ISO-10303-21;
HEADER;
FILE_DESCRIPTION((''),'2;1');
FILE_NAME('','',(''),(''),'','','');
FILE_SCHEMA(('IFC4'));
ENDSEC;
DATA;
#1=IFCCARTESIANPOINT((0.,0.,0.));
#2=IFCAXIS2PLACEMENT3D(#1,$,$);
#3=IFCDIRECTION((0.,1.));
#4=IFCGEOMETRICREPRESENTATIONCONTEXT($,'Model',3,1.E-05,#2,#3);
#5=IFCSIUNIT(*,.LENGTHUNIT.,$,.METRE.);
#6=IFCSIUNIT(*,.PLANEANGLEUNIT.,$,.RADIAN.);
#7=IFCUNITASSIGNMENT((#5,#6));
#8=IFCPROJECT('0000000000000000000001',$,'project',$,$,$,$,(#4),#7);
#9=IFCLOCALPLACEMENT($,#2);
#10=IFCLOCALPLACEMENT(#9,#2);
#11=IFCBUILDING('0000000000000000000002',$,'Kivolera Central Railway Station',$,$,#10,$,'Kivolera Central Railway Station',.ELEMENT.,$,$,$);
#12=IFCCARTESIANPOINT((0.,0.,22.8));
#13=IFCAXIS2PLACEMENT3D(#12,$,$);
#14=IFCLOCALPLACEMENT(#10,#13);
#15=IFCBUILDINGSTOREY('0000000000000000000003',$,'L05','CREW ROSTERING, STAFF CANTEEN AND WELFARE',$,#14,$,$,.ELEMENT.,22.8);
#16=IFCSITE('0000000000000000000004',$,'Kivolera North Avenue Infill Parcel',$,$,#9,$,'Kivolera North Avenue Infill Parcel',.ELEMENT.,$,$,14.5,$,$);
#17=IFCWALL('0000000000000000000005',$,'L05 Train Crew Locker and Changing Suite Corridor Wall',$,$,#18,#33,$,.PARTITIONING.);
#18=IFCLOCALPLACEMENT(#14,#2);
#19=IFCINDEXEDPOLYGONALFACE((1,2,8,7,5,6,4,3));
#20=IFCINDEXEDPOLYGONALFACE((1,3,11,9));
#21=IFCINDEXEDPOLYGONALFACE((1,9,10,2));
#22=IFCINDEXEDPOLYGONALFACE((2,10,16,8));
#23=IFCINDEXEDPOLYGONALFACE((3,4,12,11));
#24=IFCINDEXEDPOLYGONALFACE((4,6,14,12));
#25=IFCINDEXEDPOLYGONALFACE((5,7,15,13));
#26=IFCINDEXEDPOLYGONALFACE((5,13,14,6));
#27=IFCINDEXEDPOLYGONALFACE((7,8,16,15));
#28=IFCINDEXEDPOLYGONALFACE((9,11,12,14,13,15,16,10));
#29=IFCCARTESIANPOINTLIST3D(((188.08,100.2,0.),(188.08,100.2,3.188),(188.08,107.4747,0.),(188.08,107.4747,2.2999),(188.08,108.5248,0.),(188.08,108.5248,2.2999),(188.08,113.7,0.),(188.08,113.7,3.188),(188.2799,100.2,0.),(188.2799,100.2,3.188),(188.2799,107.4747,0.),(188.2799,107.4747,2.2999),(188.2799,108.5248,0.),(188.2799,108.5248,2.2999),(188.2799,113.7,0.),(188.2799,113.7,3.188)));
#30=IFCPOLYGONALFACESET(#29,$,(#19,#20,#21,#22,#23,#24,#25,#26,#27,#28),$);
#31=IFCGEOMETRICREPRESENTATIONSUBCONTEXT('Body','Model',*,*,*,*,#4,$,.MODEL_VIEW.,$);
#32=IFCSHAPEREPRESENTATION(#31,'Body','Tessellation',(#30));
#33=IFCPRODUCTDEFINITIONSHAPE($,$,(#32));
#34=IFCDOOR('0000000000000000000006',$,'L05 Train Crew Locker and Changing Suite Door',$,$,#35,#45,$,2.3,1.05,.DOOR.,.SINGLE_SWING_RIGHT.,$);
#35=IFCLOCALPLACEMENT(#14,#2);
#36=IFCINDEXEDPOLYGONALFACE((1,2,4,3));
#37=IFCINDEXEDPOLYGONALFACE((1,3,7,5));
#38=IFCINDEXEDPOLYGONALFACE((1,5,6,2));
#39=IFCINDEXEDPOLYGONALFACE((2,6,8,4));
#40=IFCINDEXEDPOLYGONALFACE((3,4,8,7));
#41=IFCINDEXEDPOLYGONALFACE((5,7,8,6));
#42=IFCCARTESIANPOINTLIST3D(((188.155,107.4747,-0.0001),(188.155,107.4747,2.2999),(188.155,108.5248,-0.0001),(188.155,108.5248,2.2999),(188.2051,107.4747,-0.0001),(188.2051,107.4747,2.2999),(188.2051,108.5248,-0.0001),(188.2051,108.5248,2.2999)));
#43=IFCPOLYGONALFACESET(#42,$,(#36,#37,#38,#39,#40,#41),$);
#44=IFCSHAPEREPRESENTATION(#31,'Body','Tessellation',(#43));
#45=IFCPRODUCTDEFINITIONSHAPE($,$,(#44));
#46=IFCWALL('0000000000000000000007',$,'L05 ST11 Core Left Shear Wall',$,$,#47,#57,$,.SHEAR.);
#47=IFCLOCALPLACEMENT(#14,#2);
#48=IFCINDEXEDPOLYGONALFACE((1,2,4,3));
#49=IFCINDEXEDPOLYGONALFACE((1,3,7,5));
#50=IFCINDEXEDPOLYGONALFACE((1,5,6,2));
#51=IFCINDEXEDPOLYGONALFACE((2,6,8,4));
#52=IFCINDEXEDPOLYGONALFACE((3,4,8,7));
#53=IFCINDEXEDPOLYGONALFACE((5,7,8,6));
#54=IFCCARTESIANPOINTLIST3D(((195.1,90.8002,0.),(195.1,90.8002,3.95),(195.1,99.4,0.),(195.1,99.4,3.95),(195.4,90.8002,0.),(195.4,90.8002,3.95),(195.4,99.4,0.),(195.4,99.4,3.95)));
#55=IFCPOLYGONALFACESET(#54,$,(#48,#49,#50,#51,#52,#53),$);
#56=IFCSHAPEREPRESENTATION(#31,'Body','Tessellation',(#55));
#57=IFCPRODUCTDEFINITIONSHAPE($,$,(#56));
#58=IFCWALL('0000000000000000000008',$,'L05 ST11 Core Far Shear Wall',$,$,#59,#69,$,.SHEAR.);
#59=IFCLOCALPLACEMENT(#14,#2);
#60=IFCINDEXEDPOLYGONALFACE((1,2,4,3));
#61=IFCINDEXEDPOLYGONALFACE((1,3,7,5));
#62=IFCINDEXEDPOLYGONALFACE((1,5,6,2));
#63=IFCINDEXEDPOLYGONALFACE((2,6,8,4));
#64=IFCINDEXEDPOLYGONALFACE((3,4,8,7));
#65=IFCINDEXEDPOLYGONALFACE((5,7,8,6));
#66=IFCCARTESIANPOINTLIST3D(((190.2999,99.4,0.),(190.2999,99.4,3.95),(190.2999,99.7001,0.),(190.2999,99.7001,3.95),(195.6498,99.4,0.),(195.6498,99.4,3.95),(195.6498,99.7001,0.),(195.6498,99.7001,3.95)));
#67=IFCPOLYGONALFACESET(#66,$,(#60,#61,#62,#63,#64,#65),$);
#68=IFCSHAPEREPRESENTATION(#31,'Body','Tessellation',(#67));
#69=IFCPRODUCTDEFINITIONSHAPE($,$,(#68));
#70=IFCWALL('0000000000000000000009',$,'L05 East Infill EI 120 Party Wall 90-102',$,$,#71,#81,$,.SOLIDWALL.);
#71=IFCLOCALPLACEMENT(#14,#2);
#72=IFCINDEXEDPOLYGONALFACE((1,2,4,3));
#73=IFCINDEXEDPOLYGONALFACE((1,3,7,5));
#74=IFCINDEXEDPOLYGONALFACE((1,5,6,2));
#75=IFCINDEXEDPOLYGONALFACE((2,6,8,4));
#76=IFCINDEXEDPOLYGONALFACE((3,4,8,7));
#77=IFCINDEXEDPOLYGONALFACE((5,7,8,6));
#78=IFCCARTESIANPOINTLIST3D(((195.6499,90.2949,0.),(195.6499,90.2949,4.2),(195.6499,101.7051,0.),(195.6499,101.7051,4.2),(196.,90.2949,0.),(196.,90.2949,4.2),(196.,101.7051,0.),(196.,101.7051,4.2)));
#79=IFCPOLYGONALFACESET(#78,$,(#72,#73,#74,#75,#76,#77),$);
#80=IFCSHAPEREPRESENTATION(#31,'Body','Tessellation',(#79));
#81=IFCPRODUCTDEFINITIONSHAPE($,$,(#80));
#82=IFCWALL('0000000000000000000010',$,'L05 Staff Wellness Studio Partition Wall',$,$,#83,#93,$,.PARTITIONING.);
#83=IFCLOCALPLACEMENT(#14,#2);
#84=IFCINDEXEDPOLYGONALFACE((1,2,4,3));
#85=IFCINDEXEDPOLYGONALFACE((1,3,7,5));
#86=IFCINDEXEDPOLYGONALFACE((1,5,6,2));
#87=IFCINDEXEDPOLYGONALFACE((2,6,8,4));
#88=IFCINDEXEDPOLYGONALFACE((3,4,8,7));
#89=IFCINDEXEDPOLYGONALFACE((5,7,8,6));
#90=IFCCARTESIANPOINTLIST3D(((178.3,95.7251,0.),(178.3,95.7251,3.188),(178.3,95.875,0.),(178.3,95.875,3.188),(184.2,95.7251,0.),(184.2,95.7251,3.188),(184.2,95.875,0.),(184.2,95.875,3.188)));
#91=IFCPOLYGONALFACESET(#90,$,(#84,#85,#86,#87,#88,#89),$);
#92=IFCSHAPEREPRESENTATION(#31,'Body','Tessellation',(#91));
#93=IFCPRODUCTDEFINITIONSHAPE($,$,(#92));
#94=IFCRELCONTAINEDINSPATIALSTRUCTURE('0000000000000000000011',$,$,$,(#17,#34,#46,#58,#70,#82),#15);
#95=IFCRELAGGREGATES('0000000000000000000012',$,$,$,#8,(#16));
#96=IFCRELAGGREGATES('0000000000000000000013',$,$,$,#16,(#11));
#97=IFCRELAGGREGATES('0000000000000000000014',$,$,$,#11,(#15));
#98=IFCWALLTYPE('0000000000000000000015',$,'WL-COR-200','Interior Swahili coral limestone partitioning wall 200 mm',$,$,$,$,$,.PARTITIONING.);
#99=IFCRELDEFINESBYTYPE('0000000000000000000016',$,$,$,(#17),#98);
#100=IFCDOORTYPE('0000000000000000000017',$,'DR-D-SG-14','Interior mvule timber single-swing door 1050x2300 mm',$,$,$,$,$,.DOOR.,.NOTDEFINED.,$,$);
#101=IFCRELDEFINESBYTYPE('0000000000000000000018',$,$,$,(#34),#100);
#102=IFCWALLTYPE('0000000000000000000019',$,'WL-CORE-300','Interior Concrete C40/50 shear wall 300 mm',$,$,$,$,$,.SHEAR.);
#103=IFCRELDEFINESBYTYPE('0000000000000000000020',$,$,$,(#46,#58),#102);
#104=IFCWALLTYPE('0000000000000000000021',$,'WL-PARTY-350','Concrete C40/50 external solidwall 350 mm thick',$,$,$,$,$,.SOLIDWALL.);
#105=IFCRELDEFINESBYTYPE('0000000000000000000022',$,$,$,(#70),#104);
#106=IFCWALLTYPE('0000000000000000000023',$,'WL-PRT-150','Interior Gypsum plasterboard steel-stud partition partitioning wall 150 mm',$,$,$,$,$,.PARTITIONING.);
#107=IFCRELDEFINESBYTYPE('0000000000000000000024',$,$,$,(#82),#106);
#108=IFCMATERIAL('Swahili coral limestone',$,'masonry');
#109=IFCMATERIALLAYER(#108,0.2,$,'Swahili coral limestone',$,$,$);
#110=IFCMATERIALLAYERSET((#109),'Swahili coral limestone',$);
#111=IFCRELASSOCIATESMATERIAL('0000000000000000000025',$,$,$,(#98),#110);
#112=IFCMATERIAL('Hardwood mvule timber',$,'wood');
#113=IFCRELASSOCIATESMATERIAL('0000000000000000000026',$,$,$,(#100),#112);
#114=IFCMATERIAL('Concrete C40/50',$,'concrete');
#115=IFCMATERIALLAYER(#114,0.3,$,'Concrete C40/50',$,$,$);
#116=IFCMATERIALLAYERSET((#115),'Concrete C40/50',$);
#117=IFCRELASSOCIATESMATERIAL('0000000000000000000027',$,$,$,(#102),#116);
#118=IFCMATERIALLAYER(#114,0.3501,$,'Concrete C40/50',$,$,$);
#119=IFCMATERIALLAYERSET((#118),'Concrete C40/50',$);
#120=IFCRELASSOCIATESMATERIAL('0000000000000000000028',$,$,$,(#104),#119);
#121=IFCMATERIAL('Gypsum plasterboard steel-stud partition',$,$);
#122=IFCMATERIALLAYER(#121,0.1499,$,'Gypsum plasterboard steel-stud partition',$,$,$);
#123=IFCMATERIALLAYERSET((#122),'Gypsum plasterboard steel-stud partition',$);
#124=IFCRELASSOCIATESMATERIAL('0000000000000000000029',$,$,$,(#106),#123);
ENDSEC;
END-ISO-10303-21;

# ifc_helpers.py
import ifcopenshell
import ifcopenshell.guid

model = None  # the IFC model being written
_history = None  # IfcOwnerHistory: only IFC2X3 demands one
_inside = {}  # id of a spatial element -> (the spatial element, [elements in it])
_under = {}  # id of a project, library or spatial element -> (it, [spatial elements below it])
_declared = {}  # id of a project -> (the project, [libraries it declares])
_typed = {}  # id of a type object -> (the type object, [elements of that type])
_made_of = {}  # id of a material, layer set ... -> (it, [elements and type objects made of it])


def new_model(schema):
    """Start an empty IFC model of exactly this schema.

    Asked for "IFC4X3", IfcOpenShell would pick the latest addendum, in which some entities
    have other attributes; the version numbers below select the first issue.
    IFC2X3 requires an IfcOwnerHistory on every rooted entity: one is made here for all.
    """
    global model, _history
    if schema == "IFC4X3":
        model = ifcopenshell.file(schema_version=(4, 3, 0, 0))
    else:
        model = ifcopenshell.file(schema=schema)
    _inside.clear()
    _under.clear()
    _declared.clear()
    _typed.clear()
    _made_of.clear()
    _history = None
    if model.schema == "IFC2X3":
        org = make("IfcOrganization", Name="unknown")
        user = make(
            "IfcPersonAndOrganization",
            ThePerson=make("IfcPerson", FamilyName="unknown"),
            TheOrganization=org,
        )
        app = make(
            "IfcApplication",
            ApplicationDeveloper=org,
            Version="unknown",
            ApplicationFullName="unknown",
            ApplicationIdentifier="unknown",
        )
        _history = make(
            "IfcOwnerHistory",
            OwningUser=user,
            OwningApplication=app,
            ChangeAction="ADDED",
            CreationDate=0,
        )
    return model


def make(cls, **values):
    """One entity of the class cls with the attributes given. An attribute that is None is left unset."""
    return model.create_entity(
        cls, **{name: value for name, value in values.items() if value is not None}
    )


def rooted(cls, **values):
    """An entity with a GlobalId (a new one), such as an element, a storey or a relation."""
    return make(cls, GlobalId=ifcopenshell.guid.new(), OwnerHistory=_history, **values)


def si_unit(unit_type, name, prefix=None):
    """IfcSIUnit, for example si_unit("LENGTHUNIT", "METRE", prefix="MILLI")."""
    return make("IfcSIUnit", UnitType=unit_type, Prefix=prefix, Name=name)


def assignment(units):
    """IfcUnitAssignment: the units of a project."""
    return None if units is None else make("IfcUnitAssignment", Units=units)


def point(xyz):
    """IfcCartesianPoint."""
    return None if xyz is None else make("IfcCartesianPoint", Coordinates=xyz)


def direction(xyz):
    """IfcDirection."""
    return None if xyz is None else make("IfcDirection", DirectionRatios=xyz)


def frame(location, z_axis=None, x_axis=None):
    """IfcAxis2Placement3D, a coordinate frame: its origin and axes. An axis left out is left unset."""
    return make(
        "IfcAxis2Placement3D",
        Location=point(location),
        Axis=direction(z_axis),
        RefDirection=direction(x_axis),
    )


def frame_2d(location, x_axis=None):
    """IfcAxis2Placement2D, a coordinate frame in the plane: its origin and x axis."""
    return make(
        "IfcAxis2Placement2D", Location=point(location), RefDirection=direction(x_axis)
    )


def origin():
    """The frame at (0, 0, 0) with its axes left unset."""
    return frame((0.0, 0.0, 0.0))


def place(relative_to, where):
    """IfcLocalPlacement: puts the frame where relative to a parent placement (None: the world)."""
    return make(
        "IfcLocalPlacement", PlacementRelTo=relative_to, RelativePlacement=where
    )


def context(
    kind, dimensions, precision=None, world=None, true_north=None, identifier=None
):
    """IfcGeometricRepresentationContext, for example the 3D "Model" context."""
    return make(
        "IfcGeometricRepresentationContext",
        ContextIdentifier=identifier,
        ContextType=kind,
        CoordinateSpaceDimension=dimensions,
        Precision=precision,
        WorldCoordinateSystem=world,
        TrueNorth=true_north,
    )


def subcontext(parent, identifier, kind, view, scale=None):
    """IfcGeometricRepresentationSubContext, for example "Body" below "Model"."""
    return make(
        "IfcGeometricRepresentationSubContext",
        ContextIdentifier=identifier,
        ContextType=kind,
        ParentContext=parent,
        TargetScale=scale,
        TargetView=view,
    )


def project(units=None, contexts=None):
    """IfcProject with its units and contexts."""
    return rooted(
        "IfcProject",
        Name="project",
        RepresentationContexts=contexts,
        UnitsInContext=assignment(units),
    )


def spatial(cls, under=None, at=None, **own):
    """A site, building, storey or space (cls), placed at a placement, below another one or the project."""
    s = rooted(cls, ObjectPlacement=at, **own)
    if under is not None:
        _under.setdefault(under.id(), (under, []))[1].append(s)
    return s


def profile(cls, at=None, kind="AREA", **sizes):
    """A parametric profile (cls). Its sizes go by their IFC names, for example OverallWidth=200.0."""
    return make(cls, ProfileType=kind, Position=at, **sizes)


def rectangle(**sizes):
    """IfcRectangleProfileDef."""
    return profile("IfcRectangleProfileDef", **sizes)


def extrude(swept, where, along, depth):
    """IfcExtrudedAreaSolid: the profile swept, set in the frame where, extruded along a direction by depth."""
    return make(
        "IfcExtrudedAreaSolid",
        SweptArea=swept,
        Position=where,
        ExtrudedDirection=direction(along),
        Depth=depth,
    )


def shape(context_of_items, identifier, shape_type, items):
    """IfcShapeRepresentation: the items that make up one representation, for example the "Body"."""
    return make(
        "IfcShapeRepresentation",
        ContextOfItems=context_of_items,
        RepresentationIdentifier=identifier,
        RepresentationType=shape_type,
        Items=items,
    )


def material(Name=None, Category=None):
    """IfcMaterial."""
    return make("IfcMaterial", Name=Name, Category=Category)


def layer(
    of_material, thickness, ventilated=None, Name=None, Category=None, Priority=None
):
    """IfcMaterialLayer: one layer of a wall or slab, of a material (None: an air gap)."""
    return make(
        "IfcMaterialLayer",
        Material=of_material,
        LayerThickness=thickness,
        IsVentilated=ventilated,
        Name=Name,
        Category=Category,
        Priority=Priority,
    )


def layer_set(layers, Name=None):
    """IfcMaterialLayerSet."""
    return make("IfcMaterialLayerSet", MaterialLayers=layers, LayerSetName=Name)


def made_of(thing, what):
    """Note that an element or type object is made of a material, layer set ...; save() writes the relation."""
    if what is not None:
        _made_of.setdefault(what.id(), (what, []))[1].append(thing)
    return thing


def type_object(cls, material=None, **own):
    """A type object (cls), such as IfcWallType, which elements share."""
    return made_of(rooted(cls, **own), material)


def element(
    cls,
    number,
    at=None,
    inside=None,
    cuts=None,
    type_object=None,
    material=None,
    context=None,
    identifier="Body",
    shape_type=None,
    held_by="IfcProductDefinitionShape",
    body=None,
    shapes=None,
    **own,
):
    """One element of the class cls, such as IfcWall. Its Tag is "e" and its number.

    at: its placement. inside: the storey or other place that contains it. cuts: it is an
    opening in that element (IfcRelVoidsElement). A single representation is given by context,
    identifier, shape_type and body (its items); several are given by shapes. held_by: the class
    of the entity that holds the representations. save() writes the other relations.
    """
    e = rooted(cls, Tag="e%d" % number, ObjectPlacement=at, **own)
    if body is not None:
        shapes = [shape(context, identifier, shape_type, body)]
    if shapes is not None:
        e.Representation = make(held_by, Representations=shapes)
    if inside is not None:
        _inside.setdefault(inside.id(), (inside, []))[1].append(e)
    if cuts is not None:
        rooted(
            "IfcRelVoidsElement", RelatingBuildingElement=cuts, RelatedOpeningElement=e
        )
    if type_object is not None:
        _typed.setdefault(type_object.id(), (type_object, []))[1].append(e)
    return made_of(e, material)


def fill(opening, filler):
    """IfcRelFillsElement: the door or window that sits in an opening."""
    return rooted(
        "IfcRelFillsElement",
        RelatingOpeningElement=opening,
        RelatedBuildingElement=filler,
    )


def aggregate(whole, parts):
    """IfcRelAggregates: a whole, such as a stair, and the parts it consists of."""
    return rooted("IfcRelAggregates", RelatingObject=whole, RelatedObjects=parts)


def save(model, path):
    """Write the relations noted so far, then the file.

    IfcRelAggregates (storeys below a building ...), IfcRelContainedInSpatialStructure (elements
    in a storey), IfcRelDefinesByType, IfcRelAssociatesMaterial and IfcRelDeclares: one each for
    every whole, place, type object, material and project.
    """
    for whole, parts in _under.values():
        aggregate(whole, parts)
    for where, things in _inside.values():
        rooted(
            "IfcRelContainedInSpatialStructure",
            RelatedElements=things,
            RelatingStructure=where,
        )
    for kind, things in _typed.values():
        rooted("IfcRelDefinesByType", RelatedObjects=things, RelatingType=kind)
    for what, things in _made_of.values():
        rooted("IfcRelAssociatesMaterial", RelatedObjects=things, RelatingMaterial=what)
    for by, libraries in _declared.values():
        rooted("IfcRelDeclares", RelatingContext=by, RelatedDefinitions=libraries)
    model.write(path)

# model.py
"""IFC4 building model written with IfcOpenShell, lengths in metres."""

from ifc_helpers import new_model, si_unit, direction, frame, frame_2d, origin, place, context, subcontext, project, spatial, rectangle, extrude, material, layer, layer_set, type_object, element, fill, save


model = new_model("IFC4")

# Units and contexts
model_context = context("Model", 3, precision=1e-05, world=origin(), true_north=direction((0.0, 1.0)))
body_context = subcontext(model_context, "Body", "Model", "MODEL_VIEW")
ifc_project = project(units=[si_unit("LENGTHUNIT", "METRE"), si_unit("PLANEANGLEUNIT", "RADIAN")], contexts=[model_context])

# Site, building, storey
site_placement = place(None, origin())
site = spatial("IfcSite", under=ifc_project, at=site_placement, Name="Kivolera North Avenue Infill Parcel", LongName="Kivolera North Avenue Infill Parcel", CompositionType="ELEMENT", RefElevation=14.5)
building_placement = place(site_placement, origin())
building = spatial("IfcBuilding", under=site, at=building_placement, Name="Kivolera Central Railway Station", LongName="Kivolera Central Railway Station", CompositionType="ELEMENT")
storey_placement = place(building_placement, frame((0.0, 0.0, 22.8)))
storey = spatial("IfcBuildingStorey", under=building, at=storey_placement, Name="L05", Description="CREW ROSTERING, STAFF CANTEEN AND WELFARE", CompositionType="ELEMENT", Elevation=22.8)

# Shared definitions
ifc_material_1 = material(Name="Concrete C40/50", Category="concrete")

# Wall, opening, door
ifc_material_2 = material(Name="Swahili coral limestone", Category="masonry")
ifc_layer_1 = layer(ifc_material_2, 0.2, Name="Swahili coral limestone")
ifc_layer_set_1 = layer_set([ifc_layer_1], Name="Swahili coral limestone")
wall_type_1 = type_object("IfcWallType", Name="WL-COR-200", Description="Interior Swahili coral limestone partitioning wall 200 mm", PredefinedType="PARTITIONING", material=ifc_layer_set_1)
ifc_material_3 = material(Name="Hardwood mvule timber", Category="wood")
wall_1_placement = place(storey_placement, frame((188.1799, 100.2, 0.0), z_axis=(0.0, 0.0, 1.0), x_axis=(0.0, 1.0, 0.0)))
wall_1 = element("IfcWall", 1, at=wall_1_placement, inside=storey, type_object=wall_type_1, Name="L05 Train Crew Locker and Changing Suite Corridor Wall", PredefinedType="PARTITIONING", context=body_context, shape_type="SweptSolid", body=[
    extrude(rectangle(XDim=13.5, YDim=0.2, at=frame_2d((6.75, 0.0))), origin(), (0.0, 0.0, 1.0), 3.188),
])
opening_1_placement = place(wall_1_placement, frame((7.2749, 0.0, 0.0)))
opening_1 = element("IfcOpeningElement", 2, at=opening_1_placement, cuts=wall_1, PredefinedType="OPENING", context=body_context, shape_type="SweptSolid", body=[
    extrude(rectangle(XDim=1.05, YDim=2.3, at=frame_2d((0.5249, 1.1499))), frame((0.0, 0.1099, 0.0), z_axis=(0.0, -1.0, 0.0), x_axis=(1.0, 0.0, 0.0)), (0.0, 0.0, 1.0), 0.22),
])
door_type_1 = type_object("IfcDoorType", Name="DR-D-SG-14", Description="Interior mvule timber single-swing door 1050x2300 mm", OperationType="NOTDEFINED", PredefinedType="DOOR", material=ifc_material_3)
door_1_placement = place(opening_1_placement, origin())
door_1 = element("IfcDoor", 3, at=door_1_placement, inside=storey, type_object=door_type_1, Name="L05 Train Crew Locker and Changing Suite Door", OperationType="SINGLE_SWING_RIGHT", OverallHeight=2.3, OverallWidth=1.05, PredefinedType="DOOR", context=body_context, shape_type="SweptSolid", body=[
    extrude(rectangle(XDim=1.05, YDim=2.3, at=frame_2d((0.5249, 1.1499))), frame((0.0, 0.0249, 0.0), z_axis=(0.0, -1.0, 0.0), x_axis=(1.0, 0.0, 0.0)), (0.0, 0.0, 1.0), 0.05),
])
fill(opening_1, door_1)

# Walls
ifc_layer_2 = layer(ifc_material_1, 0.3, Name="Concrete C40/50")
ifc_layer_set_2 = layer_set([ifc_layer_2], Name="Concrete C40/50")
wall_type_2 = type_object("IfcWallType", Name="WL-CORE-300", Description="Interior Concrete C40/50 shear wall 300 mm", PredefinedType="SHEAR", material=ifc_layer_set_2)
wall_2_placement = place(storey_placement, frame((195.25, 99.3999, 0.0), z_axis=(0.0, 0.0, 1.0), x_axis=(0.0, -1.0, 0.0)))
element("IfcWall", 4, at=wall_2_placement, inside=storey, type_object=wall_type_2, Name="L05 ST11 Core Left Shear Wall", PredefinedType="SHEAR", context=body_context, shape_type="SweptSolid", body=[
    extrude(rectangle(XDim=8.5999, YDim=0.3, at=frame_2d((4.2998, 0.0))), origin(), (0.0, 0.0, 1.0), 3.95),
])
wall_3_placement = place(storey_placement, frame((190.3, 99.55, 0.0), z_axis=(0.0, 0.0, 1.0), x_axis=(1.0, 0.0, 0.0)))
element("IfcWall", 5, at=wall_3_placement, inside=storey, type_object=wall_type_2, Name="L05 ST11 Core Far Shear Wall", PredefinedType="SHEAR", context=body_context, shape_type="SweptSolid", body=[
    extrude(rectangle(XDim=5.3499, YDim=0.3, at=frame_2d((2.6748, 0.0))), origin(), (0.0, 0.0, 1.0), 3.95),
])
ifc_layer_3 = layer(ifc_material_1, 0.3501, Name="Concrete C40/50")
ifc_layer_set_3 = layer_set([ifc_layer_3], Name="Concrete C40/50")
wall_type_3 = type_object("IfcWallType", Name="WL-PARTY-350", Description="Concrete C40/50 external solidwall 350 mm thick", PredefinedType="SOLIDWALL", material=ifc_layer_set_3)
wall_4_placement = place(storey_placement, frame((195.825, 101.7051, 0.0), z_axis=(0.0, 0.0, 1.0), x_axis=(0.0, -1.0, 0.0)))
element("IfcWall", 6, at=wall_4_placement, inside=storey, type_object=wall_type_3, Name="L05 East Infill EI 120 Party Wall 90-102", PredefinedType="SOLIDWALL", context=body_context, shape_type="SweptSolid", body=[
    extrude(rectangle(XDim=11.4102, YDim=0.3501, at=frame_2d((5.7051, 0.0))), origin(), (0.0, 0.0, 1.0), 4.2),
])
ifc_material_4 = material(Name="Gypsum plasterboard steel-stud partition")
ifc_layer_4 = layer(ifc_material_4, 0.1499, Name="Gypsum plasterboard steel-stud partition")
ifc_layer_set_4 = layer_set([ifc_layer_4], Name="Gypsum plasterboard steel-stud partition")
wall_type_4 = type_object("IfcWallType", Name="WL-PRT-150", Description="Interior Gypsum plasterboard steel-stud partition partitioning wall 150 mm", PredefinedType="PARTITIONING", material=ifc_layer_set_4)
wall_5_placement = place(storey_placement, frame((178.3, 95.8, 0.0), z_axis=(0.0, 0.0, 1.0), x_axis=(1.0, 0.0, 0.0)))
element("IfcWall", 7, at=wall_5_placement, inside=storey, type_object=wall_type_4, Name="L05 Staff Wellness Studio Partition Wall", PredefinedType="PARTITIONING", context=body_context, shape_type="SweptSolid", body=[
    extrude(rectangle(XDim=5.8999, YDim=0.1499, at=frame_2d((2.95, 0.0))), origin(), (0.0, 0.0, 1.0), 3.188),
])

save(model, "model.ifc")
